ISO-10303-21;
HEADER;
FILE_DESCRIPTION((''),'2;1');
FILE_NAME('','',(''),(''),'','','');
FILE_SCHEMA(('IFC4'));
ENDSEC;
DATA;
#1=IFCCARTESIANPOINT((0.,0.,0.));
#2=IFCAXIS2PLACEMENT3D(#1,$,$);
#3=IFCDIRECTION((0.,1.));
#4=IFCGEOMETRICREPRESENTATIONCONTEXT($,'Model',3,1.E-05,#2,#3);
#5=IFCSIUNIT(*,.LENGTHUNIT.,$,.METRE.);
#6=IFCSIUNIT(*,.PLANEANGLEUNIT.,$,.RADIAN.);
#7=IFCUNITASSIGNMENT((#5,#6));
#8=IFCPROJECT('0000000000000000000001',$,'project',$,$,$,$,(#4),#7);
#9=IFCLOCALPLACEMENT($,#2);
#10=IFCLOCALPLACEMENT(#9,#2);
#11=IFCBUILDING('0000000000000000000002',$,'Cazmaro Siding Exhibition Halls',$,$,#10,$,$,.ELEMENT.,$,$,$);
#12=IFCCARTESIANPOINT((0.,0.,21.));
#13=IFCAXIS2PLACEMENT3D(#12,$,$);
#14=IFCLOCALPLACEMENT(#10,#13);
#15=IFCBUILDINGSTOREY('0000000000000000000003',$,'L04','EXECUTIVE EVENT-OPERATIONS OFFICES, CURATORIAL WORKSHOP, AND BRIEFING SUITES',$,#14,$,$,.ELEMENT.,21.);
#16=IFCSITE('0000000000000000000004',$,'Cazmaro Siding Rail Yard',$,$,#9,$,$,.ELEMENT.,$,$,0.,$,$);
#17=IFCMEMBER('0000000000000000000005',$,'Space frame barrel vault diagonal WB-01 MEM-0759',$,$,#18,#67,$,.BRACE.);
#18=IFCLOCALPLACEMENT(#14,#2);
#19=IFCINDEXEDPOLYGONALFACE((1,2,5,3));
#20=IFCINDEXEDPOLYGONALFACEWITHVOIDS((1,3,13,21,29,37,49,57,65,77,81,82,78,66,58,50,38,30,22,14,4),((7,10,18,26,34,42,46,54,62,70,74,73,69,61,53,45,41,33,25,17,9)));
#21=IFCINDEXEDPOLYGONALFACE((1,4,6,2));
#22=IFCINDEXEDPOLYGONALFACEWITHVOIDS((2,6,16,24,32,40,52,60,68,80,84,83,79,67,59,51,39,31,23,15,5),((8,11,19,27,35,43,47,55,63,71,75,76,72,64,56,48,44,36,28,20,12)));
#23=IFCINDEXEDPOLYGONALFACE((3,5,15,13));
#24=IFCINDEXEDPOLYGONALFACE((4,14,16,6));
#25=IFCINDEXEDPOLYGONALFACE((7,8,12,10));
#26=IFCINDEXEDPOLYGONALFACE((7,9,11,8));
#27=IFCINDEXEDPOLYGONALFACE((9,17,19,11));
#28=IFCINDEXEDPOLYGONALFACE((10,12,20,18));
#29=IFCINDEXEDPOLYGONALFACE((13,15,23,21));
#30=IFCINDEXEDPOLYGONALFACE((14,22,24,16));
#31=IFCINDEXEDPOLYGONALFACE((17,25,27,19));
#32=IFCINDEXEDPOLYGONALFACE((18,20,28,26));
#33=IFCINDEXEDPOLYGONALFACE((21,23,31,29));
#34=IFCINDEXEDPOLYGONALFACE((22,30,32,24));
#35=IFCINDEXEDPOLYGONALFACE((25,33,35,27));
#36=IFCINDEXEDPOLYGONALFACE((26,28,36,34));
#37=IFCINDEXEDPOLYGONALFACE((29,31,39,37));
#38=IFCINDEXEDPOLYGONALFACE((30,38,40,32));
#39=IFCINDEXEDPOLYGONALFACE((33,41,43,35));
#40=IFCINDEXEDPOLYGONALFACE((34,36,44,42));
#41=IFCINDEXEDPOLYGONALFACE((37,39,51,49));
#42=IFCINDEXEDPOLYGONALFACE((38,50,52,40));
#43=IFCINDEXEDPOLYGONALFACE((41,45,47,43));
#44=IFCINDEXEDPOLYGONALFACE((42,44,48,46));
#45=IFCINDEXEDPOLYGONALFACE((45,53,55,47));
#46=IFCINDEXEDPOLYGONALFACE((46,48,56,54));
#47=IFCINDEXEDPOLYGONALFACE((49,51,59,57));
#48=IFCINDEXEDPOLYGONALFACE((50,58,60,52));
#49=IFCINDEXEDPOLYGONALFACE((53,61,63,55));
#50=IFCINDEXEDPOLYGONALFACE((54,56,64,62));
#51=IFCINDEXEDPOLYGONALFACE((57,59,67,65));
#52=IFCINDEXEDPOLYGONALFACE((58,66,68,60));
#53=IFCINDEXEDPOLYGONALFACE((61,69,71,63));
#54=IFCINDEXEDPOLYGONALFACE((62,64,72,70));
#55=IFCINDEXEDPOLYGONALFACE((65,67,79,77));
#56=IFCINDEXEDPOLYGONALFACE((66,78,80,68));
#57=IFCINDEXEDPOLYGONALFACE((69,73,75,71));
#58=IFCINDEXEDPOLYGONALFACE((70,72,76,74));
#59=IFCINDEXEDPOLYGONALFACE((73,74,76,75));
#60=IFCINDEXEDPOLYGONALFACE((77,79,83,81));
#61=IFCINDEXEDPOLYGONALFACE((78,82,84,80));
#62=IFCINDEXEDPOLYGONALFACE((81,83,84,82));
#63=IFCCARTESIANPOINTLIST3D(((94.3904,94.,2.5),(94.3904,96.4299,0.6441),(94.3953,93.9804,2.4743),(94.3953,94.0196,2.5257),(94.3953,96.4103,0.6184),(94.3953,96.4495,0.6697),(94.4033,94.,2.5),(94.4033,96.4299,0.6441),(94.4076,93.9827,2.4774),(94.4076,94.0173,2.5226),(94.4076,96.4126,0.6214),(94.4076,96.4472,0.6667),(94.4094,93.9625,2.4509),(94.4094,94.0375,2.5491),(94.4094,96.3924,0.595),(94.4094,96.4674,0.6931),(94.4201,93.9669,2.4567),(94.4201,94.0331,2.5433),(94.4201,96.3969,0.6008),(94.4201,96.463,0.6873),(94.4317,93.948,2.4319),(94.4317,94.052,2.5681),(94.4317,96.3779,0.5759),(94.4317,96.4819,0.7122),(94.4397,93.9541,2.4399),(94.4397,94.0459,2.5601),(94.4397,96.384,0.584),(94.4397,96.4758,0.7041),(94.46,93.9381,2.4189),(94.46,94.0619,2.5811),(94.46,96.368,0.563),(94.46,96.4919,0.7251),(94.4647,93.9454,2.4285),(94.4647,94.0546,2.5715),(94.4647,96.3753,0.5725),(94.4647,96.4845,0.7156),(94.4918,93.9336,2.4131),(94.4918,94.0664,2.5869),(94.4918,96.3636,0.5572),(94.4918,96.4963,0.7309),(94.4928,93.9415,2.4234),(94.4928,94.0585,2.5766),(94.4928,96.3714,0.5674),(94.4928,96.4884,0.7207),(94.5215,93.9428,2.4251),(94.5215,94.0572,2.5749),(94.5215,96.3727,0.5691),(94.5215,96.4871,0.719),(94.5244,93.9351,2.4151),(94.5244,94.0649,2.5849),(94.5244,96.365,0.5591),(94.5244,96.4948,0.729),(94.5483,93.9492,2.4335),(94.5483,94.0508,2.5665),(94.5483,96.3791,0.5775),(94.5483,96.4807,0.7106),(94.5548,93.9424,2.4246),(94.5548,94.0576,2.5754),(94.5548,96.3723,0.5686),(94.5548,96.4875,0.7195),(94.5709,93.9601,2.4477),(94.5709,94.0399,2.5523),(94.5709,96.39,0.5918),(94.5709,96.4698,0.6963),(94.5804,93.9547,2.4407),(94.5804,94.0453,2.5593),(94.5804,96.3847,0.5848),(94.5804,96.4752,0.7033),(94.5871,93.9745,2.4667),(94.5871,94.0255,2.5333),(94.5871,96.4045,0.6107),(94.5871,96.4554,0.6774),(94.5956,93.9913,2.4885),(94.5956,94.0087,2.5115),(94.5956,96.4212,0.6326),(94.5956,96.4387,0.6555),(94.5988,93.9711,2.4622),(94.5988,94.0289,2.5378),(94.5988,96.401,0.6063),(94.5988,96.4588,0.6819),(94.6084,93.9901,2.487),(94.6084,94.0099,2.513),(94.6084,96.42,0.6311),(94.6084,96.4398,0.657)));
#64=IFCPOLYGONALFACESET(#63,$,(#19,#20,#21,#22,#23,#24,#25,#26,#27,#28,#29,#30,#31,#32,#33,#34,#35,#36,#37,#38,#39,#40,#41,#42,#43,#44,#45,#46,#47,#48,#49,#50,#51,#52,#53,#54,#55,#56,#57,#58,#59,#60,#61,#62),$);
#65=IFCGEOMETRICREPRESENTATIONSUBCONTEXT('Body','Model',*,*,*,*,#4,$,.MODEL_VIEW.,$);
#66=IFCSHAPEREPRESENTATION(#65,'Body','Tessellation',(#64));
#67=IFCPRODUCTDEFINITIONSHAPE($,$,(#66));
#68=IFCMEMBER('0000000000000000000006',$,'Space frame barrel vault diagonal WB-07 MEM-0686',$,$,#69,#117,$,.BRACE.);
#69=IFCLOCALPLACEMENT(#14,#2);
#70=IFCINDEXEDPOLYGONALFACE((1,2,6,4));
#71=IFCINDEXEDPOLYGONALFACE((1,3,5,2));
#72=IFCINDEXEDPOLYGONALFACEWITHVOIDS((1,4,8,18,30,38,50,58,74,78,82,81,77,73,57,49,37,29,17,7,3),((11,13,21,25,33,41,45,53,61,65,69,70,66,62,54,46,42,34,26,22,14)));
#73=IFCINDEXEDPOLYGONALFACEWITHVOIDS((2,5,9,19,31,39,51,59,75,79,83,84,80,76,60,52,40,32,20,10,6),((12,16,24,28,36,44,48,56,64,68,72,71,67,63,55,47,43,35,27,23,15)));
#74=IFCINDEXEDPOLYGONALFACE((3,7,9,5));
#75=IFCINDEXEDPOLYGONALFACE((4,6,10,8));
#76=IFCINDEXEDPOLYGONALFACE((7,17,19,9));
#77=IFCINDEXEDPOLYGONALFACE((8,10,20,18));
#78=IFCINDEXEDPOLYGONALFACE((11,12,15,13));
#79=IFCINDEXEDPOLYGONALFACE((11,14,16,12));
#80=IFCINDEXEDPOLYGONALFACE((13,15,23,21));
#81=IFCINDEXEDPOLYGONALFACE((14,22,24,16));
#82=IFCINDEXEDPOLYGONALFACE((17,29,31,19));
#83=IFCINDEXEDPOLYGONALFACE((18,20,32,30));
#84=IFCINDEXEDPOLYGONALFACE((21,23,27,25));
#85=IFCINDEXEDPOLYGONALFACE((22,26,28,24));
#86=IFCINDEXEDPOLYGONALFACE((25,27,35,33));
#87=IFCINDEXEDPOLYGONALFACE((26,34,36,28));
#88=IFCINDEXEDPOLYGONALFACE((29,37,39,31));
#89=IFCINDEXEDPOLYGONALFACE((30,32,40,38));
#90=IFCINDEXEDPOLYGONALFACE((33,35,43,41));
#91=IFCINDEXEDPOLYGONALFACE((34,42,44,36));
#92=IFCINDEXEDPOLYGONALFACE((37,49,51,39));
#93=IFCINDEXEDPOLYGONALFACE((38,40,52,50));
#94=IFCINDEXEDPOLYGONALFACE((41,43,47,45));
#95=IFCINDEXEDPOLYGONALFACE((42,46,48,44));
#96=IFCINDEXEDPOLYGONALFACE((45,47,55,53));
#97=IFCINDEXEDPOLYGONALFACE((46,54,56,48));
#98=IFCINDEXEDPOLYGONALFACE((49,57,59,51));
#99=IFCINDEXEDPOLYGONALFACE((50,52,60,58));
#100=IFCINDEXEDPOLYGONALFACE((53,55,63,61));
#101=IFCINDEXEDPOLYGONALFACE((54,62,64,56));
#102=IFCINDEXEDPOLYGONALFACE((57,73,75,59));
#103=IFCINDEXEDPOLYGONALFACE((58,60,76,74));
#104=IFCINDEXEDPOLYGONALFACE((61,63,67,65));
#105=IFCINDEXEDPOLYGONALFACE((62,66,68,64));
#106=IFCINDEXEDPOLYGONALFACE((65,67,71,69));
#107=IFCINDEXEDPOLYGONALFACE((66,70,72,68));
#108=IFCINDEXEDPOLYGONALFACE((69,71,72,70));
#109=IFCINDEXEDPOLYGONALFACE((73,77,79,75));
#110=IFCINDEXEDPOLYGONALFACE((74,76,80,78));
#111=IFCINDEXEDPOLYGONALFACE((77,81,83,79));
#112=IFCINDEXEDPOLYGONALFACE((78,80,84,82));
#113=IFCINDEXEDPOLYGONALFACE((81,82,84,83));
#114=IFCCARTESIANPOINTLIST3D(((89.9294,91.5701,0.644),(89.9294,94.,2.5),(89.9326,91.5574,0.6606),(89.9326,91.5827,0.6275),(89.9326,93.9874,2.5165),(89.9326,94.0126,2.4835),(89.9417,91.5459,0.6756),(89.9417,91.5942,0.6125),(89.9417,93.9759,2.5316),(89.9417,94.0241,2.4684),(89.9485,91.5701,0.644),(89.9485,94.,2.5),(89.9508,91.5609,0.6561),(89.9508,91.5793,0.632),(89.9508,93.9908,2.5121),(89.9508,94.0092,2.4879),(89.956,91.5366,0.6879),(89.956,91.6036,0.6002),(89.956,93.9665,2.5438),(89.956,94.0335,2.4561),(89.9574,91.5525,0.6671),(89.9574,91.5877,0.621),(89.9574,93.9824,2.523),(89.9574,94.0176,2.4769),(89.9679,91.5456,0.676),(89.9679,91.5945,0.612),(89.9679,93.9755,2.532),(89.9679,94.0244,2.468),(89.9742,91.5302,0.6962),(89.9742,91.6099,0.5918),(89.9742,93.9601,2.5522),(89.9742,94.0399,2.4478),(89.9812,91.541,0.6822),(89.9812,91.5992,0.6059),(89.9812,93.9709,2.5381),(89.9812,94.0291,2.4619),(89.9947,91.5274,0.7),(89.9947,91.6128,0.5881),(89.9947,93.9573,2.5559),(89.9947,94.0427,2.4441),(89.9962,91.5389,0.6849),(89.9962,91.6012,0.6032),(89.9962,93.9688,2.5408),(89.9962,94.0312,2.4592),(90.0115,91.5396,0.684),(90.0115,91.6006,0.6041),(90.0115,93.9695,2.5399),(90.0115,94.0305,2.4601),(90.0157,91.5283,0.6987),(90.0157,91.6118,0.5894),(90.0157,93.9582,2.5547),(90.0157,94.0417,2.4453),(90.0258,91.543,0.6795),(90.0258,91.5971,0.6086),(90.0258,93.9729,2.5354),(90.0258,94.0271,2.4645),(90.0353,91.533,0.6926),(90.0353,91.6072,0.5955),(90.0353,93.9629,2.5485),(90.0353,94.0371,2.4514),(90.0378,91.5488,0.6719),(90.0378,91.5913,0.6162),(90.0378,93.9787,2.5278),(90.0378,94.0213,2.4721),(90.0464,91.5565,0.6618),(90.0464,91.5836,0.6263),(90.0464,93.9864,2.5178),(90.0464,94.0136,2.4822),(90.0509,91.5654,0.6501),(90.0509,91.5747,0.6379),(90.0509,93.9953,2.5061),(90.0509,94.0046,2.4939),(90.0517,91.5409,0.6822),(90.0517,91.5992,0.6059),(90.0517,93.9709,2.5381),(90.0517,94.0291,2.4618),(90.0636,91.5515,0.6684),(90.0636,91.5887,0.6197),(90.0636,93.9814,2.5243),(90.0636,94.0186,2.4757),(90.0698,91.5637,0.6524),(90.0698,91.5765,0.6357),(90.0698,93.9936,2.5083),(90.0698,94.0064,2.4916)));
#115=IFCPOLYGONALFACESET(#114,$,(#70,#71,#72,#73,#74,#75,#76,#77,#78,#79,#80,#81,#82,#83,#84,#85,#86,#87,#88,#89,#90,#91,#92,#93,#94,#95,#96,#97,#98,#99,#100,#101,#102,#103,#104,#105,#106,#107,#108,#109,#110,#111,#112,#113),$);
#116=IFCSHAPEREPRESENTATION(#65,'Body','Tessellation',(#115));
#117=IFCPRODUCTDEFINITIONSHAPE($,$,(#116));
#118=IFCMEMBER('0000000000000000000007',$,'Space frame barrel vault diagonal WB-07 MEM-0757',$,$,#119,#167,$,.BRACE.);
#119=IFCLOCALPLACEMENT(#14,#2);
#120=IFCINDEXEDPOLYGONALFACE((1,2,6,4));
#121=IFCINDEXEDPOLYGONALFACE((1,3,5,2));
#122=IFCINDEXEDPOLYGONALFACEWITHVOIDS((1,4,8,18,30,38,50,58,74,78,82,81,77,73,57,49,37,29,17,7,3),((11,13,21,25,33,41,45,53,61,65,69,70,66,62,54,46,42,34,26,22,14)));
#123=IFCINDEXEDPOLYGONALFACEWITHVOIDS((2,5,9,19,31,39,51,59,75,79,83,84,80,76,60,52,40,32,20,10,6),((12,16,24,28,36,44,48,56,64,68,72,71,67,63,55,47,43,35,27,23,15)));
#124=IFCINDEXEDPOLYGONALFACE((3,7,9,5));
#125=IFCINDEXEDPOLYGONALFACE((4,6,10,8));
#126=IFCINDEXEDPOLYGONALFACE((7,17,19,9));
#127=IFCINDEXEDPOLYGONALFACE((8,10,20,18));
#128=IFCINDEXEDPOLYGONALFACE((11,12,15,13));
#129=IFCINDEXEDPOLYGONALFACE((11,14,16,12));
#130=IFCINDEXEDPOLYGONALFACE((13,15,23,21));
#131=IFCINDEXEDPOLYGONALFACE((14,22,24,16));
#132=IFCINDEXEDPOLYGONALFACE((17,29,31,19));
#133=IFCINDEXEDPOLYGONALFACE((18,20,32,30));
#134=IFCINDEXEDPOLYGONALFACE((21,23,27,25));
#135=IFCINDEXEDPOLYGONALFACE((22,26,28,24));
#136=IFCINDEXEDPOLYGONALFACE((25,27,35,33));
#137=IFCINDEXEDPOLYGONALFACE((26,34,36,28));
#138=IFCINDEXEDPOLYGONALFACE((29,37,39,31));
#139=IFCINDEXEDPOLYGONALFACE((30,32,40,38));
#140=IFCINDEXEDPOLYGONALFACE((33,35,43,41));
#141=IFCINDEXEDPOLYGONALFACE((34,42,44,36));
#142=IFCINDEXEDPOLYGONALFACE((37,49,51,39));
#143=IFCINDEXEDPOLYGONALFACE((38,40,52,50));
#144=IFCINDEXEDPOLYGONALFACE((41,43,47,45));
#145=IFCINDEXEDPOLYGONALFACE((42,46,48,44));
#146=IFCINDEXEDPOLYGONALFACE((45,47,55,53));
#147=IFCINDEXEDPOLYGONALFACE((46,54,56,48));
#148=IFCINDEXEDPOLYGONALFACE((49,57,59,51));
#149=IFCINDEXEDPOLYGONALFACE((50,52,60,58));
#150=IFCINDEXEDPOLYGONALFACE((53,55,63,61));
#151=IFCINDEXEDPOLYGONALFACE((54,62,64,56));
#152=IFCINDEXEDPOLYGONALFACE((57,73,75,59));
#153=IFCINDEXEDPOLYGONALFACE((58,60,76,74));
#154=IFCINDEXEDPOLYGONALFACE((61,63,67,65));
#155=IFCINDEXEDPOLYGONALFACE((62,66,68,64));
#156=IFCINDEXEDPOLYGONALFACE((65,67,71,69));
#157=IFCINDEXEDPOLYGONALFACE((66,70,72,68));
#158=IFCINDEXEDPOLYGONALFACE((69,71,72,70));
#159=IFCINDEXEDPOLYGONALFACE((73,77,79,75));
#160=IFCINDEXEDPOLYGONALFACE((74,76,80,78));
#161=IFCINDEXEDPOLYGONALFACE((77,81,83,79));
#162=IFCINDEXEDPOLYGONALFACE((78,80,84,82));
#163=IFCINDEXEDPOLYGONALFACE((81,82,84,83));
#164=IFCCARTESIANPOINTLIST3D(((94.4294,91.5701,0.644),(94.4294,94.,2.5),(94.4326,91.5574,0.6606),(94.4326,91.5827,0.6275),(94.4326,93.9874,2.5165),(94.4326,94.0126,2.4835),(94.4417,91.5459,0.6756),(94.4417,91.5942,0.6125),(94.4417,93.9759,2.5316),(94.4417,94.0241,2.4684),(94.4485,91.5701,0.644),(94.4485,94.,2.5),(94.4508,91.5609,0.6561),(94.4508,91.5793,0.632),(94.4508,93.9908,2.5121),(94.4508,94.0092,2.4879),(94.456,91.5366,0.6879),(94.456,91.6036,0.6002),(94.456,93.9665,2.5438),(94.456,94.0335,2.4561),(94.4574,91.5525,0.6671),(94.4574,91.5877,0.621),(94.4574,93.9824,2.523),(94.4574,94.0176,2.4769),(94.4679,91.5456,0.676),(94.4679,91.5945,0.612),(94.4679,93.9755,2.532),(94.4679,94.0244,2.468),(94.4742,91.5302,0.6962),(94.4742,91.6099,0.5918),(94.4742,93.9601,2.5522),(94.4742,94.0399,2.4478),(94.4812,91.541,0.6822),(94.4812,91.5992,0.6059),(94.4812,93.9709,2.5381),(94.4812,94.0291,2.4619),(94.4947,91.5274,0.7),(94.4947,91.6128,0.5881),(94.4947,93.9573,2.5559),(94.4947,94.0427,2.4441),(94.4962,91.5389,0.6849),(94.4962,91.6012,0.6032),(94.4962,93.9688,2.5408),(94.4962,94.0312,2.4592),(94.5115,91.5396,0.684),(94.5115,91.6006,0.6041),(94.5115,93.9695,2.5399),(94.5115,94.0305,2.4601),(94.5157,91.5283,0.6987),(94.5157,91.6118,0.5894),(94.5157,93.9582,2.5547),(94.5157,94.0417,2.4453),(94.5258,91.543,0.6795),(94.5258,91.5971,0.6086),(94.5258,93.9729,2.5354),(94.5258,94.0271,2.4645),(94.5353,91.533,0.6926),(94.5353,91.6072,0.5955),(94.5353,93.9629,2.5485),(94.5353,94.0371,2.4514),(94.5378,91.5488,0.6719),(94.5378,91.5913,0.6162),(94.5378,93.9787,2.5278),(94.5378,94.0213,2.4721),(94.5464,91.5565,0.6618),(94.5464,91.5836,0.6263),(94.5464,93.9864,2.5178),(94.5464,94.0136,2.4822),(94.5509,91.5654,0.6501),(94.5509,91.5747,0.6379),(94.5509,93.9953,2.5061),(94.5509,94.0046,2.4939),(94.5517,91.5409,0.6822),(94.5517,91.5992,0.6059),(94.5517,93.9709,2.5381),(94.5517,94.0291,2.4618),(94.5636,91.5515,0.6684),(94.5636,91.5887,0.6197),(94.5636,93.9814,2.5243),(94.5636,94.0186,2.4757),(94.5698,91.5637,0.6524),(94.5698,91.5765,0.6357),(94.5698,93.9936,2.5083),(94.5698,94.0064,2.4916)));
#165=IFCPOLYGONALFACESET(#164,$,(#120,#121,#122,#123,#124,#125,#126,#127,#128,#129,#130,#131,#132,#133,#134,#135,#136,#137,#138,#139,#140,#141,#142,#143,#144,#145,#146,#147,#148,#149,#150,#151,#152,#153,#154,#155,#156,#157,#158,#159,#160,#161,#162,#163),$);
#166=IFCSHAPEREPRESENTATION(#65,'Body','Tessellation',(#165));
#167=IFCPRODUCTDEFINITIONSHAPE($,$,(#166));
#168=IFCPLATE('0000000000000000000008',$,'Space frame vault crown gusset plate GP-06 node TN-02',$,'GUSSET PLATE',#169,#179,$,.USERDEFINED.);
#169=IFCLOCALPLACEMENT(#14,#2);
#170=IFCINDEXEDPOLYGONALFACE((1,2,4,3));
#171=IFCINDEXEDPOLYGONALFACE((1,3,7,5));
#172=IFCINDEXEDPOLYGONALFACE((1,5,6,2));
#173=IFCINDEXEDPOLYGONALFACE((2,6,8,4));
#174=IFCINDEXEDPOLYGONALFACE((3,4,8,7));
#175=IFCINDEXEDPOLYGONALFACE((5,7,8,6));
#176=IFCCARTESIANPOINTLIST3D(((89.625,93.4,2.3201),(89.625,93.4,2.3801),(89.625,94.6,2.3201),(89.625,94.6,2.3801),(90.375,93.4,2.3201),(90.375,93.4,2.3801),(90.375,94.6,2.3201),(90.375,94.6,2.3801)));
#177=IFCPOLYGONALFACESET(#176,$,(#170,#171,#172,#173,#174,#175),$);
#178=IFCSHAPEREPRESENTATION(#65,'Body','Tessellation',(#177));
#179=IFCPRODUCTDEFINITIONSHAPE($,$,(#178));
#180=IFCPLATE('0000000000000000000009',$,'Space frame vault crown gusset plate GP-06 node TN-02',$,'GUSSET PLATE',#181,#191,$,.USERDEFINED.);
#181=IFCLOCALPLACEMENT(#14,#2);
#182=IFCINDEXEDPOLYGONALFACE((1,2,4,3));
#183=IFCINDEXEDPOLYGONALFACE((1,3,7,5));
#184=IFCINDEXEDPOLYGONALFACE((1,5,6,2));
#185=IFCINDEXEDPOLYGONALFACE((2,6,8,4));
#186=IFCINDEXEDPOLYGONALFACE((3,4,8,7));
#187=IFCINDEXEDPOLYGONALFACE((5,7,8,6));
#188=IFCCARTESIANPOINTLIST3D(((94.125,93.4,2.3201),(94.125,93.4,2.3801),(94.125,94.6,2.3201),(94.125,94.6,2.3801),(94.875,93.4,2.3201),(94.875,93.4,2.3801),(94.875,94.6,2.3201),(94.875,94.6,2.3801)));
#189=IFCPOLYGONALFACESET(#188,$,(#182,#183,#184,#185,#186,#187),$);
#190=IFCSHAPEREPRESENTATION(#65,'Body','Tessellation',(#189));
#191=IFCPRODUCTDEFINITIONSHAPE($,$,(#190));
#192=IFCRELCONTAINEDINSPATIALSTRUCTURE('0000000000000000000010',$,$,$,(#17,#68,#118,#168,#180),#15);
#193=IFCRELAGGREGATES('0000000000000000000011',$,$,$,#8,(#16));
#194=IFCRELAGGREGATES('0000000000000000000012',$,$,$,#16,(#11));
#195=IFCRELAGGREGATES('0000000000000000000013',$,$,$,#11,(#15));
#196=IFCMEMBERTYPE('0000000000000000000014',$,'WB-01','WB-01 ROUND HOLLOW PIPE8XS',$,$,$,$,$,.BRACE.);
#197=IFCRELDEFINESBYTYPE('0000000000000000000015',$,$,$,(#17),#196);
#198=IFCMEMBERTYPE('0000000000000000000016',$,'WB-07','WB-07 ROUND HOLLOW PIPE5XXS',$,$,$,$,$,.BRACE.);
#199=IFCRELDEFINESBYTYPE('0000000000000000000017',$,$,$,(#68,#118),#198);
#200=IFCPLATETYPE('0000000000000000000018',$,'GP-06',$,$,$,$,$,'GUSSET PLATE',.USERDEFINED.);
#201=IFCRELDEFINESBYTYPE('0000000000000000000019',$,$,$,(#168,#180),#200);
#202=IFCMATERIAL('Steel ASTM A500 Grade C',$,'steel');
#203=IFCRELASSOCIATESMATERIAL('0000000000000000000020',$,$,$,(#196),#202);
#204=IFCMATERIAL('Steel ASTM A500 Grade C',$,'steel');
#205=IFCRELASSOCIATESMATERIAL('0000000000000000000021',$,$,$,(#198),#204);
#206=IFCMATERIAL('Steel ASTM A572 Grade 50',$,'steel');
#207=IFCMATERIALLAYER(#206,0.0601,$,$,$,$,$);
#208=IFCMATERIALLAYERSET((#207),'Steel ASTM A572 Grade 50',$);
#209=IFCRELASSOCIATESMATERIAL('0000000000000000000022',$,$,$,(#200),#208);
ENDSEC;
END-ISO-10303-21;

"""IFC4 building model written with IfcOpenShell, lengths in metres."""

from ifc_helpers import new_model, si_unit, direction, frame, origin, origin_2d, place, context, subcontext, project, spatial, rectangle, hollow_circle, extrude, material, layer, layer_set, material_profile, profile_set, type_object, element, save


model = new_model("IFC4")

# Units and contexts
model_context = context("Model", 3, precision=1e-05, world=origin(), true_north=direction((0.0, 1.0)))
body_context = subcontext(model_context, "Body", "Model", "MODEL_VIEW")
ifc_project = project(units=[si_unit("LENGTHUNIT", "METRE"), si_unit("PLANEANGLEUNIT", "RADIAN")], contexts=[model_context])

# Site, building, storey
site_placement = place(None, origin())
site = spatial("IfcSite", under=ifc_project, at=site_placement, Name="Cazmaro Siding Rail Yard", CompositionType="ELEMENT", RefElevation=0.0)
building_placement = place(site_placement, origin())
building = spatial("IfcBuilding", under=site, at=building_placement, Name="Cazmaro Siding Exhibition Halls", CompositionType="ELEMENT")
storey_placement = place(building_placement, frame((0.0, 0.0, 21.0)))
storey = spatial("IfcBuildingStorey", under=building, at=storey_placement, Name="L04", Description="EXECUTIVE EVENT-OPERATIONS OFFICES, CURATORIAL WORKSHOP, AND BRIEFING SUITES", CompositionType="ELEMENT", Elevation=21.0)

# Members
ifc_material_1 = material(Name="Steel ASTM A500 Grade C", Category="steel")
ifc_material_profile_1 = material_profile(ifc_material_1, hollow_circle(Radius=0.1096, WallThickness=0.0129, at=origin_2d()), Name="PIPE8XS")
ifc_profile_set_1 = profile_set([ifc_material_profile_1], Name="Steel ASTM A500 Grade C")
member_type_1 = type_object("IfcMemberType", Name="WB-01", Description="WB-01 ROUND HOLLOW PIPE8XS", PredefinedType="BRACE", material=ifc_profile_set_1)
member_1_placement = place(storey_placement, frame((94.5, 94.0, 2.5), z_axis=(0.0, 0.794709, -0.606991), x_axis=(-1.0, 0.0, 0.0)))
element("IfcMember", 1, at=member_1_placement, inside=storey, type_object=member_type_1, Name="Space frame barrel vault diagonal WB-01 MEM-0759", PredefinedType="BRACE", context=body_context, shape_type="SweptSolid", body=[
    extrude(hollow_circle(Radius=0.1096, WallThickness=0.0129, at=origin_2d()), origin(), (0.0, 0.0, 1.0), 3.0576),
])
ifc_material_2 = material(Name="Steel ASTM A500 Grade C", Category="steel")
ifc_material_profile_2 = material_profile(ifc_material_2, hollow_circle(Radius=0.0706, WallThickness=0.019, at=origin_2d()), Name="PIPE5XXS")
ifc_profile_set_2 = profile_set([ifc_material_profile_2], Name="Steel ASTM A500 Grade C")
member_type_2 = type_object("IfcMemberType", Name="WB-07", Description="WB-07 ROUND HOLLOW PIPE5XXS", PredefinedType="BRACE", material=ifc_profile_set_2)
for number, where, z_axis, x_axis, name in (
    (2, (90.0, 91.5701, 0.644), (0.0, 0.794709, 0.606991), (-1.0, 0.0, 0.0), "Space frame barrel vault diagonal WB-07 MEM-0686"),
    (3, (94.5, 91.5701, 0.644), (0.0, 0.794709, 0.606991), (-1.0, 0.0, 0.0), "Space frame barrel vault diagonal WB-07 MEM-0757"),
):
    element("IfcMember", number, at=place(storey_placement, frame(where, z_axis=z_axis, x_axis=x_axis)), inside=storey, type_object=member_type_2, Name=name, PredefinedType="BRACE", context=body_context, shape_type="SweptSolid", body=[
        extrude(hollow_circle(Radius=0.0706, WallThickness=0.019, at=origin_2d()), origin(), (0.0, 0.0, 1.0), 3.0576),
    ])

# Plates
ifc_material_3 = material(Name="Steel ASTM A572 Grade 50", Category="steel")
ifc_layer = layer(ifc_material_3, 0.0601)
ifc_layer_set = layer_set([ifc_layer], Name="Steel ASTM A572 Grade 50")
plate_type = type_object("IfcPlateType", Name="GP-06", ElementType="GUSSET PLATE", PredefinedType="USERDEFINED", material=ifc_layer_set)
for number, where, z_axis, x_axis, name in (
    (4, (90.0, 94.0, 2.3201), (0.0, 0.0, 1.0), (0.0, 1.0, 0.0), "Space frame vault crown gusset plate GP-06 node TN-02"),
    (5, (94.5, 94.0, 2.3201), (0.0, 0.0, 1.0), (0.0, 1.0, 0.0), "Space frame vault crown gusset plate GP-06 node TN-02"),
):
    element("IfcPlate", number, at=place(storey_placement, frame(where, z_axis=z_axis, x_axis=x_axis)), inside=storey, type_object=plate_type, Name=name, ObjectType="GUSSET PLATE", PredefinedType="USERDEFINED", context=body_context, shape_type="SweptSolid", body=[
        extrude(rectangle(XDim=1.2, YDim=0.75, at=origin_2d()), origin(), (0.0, 0.0, 1.0), 0.0601),
    ])

save(model, "model.ifc")
